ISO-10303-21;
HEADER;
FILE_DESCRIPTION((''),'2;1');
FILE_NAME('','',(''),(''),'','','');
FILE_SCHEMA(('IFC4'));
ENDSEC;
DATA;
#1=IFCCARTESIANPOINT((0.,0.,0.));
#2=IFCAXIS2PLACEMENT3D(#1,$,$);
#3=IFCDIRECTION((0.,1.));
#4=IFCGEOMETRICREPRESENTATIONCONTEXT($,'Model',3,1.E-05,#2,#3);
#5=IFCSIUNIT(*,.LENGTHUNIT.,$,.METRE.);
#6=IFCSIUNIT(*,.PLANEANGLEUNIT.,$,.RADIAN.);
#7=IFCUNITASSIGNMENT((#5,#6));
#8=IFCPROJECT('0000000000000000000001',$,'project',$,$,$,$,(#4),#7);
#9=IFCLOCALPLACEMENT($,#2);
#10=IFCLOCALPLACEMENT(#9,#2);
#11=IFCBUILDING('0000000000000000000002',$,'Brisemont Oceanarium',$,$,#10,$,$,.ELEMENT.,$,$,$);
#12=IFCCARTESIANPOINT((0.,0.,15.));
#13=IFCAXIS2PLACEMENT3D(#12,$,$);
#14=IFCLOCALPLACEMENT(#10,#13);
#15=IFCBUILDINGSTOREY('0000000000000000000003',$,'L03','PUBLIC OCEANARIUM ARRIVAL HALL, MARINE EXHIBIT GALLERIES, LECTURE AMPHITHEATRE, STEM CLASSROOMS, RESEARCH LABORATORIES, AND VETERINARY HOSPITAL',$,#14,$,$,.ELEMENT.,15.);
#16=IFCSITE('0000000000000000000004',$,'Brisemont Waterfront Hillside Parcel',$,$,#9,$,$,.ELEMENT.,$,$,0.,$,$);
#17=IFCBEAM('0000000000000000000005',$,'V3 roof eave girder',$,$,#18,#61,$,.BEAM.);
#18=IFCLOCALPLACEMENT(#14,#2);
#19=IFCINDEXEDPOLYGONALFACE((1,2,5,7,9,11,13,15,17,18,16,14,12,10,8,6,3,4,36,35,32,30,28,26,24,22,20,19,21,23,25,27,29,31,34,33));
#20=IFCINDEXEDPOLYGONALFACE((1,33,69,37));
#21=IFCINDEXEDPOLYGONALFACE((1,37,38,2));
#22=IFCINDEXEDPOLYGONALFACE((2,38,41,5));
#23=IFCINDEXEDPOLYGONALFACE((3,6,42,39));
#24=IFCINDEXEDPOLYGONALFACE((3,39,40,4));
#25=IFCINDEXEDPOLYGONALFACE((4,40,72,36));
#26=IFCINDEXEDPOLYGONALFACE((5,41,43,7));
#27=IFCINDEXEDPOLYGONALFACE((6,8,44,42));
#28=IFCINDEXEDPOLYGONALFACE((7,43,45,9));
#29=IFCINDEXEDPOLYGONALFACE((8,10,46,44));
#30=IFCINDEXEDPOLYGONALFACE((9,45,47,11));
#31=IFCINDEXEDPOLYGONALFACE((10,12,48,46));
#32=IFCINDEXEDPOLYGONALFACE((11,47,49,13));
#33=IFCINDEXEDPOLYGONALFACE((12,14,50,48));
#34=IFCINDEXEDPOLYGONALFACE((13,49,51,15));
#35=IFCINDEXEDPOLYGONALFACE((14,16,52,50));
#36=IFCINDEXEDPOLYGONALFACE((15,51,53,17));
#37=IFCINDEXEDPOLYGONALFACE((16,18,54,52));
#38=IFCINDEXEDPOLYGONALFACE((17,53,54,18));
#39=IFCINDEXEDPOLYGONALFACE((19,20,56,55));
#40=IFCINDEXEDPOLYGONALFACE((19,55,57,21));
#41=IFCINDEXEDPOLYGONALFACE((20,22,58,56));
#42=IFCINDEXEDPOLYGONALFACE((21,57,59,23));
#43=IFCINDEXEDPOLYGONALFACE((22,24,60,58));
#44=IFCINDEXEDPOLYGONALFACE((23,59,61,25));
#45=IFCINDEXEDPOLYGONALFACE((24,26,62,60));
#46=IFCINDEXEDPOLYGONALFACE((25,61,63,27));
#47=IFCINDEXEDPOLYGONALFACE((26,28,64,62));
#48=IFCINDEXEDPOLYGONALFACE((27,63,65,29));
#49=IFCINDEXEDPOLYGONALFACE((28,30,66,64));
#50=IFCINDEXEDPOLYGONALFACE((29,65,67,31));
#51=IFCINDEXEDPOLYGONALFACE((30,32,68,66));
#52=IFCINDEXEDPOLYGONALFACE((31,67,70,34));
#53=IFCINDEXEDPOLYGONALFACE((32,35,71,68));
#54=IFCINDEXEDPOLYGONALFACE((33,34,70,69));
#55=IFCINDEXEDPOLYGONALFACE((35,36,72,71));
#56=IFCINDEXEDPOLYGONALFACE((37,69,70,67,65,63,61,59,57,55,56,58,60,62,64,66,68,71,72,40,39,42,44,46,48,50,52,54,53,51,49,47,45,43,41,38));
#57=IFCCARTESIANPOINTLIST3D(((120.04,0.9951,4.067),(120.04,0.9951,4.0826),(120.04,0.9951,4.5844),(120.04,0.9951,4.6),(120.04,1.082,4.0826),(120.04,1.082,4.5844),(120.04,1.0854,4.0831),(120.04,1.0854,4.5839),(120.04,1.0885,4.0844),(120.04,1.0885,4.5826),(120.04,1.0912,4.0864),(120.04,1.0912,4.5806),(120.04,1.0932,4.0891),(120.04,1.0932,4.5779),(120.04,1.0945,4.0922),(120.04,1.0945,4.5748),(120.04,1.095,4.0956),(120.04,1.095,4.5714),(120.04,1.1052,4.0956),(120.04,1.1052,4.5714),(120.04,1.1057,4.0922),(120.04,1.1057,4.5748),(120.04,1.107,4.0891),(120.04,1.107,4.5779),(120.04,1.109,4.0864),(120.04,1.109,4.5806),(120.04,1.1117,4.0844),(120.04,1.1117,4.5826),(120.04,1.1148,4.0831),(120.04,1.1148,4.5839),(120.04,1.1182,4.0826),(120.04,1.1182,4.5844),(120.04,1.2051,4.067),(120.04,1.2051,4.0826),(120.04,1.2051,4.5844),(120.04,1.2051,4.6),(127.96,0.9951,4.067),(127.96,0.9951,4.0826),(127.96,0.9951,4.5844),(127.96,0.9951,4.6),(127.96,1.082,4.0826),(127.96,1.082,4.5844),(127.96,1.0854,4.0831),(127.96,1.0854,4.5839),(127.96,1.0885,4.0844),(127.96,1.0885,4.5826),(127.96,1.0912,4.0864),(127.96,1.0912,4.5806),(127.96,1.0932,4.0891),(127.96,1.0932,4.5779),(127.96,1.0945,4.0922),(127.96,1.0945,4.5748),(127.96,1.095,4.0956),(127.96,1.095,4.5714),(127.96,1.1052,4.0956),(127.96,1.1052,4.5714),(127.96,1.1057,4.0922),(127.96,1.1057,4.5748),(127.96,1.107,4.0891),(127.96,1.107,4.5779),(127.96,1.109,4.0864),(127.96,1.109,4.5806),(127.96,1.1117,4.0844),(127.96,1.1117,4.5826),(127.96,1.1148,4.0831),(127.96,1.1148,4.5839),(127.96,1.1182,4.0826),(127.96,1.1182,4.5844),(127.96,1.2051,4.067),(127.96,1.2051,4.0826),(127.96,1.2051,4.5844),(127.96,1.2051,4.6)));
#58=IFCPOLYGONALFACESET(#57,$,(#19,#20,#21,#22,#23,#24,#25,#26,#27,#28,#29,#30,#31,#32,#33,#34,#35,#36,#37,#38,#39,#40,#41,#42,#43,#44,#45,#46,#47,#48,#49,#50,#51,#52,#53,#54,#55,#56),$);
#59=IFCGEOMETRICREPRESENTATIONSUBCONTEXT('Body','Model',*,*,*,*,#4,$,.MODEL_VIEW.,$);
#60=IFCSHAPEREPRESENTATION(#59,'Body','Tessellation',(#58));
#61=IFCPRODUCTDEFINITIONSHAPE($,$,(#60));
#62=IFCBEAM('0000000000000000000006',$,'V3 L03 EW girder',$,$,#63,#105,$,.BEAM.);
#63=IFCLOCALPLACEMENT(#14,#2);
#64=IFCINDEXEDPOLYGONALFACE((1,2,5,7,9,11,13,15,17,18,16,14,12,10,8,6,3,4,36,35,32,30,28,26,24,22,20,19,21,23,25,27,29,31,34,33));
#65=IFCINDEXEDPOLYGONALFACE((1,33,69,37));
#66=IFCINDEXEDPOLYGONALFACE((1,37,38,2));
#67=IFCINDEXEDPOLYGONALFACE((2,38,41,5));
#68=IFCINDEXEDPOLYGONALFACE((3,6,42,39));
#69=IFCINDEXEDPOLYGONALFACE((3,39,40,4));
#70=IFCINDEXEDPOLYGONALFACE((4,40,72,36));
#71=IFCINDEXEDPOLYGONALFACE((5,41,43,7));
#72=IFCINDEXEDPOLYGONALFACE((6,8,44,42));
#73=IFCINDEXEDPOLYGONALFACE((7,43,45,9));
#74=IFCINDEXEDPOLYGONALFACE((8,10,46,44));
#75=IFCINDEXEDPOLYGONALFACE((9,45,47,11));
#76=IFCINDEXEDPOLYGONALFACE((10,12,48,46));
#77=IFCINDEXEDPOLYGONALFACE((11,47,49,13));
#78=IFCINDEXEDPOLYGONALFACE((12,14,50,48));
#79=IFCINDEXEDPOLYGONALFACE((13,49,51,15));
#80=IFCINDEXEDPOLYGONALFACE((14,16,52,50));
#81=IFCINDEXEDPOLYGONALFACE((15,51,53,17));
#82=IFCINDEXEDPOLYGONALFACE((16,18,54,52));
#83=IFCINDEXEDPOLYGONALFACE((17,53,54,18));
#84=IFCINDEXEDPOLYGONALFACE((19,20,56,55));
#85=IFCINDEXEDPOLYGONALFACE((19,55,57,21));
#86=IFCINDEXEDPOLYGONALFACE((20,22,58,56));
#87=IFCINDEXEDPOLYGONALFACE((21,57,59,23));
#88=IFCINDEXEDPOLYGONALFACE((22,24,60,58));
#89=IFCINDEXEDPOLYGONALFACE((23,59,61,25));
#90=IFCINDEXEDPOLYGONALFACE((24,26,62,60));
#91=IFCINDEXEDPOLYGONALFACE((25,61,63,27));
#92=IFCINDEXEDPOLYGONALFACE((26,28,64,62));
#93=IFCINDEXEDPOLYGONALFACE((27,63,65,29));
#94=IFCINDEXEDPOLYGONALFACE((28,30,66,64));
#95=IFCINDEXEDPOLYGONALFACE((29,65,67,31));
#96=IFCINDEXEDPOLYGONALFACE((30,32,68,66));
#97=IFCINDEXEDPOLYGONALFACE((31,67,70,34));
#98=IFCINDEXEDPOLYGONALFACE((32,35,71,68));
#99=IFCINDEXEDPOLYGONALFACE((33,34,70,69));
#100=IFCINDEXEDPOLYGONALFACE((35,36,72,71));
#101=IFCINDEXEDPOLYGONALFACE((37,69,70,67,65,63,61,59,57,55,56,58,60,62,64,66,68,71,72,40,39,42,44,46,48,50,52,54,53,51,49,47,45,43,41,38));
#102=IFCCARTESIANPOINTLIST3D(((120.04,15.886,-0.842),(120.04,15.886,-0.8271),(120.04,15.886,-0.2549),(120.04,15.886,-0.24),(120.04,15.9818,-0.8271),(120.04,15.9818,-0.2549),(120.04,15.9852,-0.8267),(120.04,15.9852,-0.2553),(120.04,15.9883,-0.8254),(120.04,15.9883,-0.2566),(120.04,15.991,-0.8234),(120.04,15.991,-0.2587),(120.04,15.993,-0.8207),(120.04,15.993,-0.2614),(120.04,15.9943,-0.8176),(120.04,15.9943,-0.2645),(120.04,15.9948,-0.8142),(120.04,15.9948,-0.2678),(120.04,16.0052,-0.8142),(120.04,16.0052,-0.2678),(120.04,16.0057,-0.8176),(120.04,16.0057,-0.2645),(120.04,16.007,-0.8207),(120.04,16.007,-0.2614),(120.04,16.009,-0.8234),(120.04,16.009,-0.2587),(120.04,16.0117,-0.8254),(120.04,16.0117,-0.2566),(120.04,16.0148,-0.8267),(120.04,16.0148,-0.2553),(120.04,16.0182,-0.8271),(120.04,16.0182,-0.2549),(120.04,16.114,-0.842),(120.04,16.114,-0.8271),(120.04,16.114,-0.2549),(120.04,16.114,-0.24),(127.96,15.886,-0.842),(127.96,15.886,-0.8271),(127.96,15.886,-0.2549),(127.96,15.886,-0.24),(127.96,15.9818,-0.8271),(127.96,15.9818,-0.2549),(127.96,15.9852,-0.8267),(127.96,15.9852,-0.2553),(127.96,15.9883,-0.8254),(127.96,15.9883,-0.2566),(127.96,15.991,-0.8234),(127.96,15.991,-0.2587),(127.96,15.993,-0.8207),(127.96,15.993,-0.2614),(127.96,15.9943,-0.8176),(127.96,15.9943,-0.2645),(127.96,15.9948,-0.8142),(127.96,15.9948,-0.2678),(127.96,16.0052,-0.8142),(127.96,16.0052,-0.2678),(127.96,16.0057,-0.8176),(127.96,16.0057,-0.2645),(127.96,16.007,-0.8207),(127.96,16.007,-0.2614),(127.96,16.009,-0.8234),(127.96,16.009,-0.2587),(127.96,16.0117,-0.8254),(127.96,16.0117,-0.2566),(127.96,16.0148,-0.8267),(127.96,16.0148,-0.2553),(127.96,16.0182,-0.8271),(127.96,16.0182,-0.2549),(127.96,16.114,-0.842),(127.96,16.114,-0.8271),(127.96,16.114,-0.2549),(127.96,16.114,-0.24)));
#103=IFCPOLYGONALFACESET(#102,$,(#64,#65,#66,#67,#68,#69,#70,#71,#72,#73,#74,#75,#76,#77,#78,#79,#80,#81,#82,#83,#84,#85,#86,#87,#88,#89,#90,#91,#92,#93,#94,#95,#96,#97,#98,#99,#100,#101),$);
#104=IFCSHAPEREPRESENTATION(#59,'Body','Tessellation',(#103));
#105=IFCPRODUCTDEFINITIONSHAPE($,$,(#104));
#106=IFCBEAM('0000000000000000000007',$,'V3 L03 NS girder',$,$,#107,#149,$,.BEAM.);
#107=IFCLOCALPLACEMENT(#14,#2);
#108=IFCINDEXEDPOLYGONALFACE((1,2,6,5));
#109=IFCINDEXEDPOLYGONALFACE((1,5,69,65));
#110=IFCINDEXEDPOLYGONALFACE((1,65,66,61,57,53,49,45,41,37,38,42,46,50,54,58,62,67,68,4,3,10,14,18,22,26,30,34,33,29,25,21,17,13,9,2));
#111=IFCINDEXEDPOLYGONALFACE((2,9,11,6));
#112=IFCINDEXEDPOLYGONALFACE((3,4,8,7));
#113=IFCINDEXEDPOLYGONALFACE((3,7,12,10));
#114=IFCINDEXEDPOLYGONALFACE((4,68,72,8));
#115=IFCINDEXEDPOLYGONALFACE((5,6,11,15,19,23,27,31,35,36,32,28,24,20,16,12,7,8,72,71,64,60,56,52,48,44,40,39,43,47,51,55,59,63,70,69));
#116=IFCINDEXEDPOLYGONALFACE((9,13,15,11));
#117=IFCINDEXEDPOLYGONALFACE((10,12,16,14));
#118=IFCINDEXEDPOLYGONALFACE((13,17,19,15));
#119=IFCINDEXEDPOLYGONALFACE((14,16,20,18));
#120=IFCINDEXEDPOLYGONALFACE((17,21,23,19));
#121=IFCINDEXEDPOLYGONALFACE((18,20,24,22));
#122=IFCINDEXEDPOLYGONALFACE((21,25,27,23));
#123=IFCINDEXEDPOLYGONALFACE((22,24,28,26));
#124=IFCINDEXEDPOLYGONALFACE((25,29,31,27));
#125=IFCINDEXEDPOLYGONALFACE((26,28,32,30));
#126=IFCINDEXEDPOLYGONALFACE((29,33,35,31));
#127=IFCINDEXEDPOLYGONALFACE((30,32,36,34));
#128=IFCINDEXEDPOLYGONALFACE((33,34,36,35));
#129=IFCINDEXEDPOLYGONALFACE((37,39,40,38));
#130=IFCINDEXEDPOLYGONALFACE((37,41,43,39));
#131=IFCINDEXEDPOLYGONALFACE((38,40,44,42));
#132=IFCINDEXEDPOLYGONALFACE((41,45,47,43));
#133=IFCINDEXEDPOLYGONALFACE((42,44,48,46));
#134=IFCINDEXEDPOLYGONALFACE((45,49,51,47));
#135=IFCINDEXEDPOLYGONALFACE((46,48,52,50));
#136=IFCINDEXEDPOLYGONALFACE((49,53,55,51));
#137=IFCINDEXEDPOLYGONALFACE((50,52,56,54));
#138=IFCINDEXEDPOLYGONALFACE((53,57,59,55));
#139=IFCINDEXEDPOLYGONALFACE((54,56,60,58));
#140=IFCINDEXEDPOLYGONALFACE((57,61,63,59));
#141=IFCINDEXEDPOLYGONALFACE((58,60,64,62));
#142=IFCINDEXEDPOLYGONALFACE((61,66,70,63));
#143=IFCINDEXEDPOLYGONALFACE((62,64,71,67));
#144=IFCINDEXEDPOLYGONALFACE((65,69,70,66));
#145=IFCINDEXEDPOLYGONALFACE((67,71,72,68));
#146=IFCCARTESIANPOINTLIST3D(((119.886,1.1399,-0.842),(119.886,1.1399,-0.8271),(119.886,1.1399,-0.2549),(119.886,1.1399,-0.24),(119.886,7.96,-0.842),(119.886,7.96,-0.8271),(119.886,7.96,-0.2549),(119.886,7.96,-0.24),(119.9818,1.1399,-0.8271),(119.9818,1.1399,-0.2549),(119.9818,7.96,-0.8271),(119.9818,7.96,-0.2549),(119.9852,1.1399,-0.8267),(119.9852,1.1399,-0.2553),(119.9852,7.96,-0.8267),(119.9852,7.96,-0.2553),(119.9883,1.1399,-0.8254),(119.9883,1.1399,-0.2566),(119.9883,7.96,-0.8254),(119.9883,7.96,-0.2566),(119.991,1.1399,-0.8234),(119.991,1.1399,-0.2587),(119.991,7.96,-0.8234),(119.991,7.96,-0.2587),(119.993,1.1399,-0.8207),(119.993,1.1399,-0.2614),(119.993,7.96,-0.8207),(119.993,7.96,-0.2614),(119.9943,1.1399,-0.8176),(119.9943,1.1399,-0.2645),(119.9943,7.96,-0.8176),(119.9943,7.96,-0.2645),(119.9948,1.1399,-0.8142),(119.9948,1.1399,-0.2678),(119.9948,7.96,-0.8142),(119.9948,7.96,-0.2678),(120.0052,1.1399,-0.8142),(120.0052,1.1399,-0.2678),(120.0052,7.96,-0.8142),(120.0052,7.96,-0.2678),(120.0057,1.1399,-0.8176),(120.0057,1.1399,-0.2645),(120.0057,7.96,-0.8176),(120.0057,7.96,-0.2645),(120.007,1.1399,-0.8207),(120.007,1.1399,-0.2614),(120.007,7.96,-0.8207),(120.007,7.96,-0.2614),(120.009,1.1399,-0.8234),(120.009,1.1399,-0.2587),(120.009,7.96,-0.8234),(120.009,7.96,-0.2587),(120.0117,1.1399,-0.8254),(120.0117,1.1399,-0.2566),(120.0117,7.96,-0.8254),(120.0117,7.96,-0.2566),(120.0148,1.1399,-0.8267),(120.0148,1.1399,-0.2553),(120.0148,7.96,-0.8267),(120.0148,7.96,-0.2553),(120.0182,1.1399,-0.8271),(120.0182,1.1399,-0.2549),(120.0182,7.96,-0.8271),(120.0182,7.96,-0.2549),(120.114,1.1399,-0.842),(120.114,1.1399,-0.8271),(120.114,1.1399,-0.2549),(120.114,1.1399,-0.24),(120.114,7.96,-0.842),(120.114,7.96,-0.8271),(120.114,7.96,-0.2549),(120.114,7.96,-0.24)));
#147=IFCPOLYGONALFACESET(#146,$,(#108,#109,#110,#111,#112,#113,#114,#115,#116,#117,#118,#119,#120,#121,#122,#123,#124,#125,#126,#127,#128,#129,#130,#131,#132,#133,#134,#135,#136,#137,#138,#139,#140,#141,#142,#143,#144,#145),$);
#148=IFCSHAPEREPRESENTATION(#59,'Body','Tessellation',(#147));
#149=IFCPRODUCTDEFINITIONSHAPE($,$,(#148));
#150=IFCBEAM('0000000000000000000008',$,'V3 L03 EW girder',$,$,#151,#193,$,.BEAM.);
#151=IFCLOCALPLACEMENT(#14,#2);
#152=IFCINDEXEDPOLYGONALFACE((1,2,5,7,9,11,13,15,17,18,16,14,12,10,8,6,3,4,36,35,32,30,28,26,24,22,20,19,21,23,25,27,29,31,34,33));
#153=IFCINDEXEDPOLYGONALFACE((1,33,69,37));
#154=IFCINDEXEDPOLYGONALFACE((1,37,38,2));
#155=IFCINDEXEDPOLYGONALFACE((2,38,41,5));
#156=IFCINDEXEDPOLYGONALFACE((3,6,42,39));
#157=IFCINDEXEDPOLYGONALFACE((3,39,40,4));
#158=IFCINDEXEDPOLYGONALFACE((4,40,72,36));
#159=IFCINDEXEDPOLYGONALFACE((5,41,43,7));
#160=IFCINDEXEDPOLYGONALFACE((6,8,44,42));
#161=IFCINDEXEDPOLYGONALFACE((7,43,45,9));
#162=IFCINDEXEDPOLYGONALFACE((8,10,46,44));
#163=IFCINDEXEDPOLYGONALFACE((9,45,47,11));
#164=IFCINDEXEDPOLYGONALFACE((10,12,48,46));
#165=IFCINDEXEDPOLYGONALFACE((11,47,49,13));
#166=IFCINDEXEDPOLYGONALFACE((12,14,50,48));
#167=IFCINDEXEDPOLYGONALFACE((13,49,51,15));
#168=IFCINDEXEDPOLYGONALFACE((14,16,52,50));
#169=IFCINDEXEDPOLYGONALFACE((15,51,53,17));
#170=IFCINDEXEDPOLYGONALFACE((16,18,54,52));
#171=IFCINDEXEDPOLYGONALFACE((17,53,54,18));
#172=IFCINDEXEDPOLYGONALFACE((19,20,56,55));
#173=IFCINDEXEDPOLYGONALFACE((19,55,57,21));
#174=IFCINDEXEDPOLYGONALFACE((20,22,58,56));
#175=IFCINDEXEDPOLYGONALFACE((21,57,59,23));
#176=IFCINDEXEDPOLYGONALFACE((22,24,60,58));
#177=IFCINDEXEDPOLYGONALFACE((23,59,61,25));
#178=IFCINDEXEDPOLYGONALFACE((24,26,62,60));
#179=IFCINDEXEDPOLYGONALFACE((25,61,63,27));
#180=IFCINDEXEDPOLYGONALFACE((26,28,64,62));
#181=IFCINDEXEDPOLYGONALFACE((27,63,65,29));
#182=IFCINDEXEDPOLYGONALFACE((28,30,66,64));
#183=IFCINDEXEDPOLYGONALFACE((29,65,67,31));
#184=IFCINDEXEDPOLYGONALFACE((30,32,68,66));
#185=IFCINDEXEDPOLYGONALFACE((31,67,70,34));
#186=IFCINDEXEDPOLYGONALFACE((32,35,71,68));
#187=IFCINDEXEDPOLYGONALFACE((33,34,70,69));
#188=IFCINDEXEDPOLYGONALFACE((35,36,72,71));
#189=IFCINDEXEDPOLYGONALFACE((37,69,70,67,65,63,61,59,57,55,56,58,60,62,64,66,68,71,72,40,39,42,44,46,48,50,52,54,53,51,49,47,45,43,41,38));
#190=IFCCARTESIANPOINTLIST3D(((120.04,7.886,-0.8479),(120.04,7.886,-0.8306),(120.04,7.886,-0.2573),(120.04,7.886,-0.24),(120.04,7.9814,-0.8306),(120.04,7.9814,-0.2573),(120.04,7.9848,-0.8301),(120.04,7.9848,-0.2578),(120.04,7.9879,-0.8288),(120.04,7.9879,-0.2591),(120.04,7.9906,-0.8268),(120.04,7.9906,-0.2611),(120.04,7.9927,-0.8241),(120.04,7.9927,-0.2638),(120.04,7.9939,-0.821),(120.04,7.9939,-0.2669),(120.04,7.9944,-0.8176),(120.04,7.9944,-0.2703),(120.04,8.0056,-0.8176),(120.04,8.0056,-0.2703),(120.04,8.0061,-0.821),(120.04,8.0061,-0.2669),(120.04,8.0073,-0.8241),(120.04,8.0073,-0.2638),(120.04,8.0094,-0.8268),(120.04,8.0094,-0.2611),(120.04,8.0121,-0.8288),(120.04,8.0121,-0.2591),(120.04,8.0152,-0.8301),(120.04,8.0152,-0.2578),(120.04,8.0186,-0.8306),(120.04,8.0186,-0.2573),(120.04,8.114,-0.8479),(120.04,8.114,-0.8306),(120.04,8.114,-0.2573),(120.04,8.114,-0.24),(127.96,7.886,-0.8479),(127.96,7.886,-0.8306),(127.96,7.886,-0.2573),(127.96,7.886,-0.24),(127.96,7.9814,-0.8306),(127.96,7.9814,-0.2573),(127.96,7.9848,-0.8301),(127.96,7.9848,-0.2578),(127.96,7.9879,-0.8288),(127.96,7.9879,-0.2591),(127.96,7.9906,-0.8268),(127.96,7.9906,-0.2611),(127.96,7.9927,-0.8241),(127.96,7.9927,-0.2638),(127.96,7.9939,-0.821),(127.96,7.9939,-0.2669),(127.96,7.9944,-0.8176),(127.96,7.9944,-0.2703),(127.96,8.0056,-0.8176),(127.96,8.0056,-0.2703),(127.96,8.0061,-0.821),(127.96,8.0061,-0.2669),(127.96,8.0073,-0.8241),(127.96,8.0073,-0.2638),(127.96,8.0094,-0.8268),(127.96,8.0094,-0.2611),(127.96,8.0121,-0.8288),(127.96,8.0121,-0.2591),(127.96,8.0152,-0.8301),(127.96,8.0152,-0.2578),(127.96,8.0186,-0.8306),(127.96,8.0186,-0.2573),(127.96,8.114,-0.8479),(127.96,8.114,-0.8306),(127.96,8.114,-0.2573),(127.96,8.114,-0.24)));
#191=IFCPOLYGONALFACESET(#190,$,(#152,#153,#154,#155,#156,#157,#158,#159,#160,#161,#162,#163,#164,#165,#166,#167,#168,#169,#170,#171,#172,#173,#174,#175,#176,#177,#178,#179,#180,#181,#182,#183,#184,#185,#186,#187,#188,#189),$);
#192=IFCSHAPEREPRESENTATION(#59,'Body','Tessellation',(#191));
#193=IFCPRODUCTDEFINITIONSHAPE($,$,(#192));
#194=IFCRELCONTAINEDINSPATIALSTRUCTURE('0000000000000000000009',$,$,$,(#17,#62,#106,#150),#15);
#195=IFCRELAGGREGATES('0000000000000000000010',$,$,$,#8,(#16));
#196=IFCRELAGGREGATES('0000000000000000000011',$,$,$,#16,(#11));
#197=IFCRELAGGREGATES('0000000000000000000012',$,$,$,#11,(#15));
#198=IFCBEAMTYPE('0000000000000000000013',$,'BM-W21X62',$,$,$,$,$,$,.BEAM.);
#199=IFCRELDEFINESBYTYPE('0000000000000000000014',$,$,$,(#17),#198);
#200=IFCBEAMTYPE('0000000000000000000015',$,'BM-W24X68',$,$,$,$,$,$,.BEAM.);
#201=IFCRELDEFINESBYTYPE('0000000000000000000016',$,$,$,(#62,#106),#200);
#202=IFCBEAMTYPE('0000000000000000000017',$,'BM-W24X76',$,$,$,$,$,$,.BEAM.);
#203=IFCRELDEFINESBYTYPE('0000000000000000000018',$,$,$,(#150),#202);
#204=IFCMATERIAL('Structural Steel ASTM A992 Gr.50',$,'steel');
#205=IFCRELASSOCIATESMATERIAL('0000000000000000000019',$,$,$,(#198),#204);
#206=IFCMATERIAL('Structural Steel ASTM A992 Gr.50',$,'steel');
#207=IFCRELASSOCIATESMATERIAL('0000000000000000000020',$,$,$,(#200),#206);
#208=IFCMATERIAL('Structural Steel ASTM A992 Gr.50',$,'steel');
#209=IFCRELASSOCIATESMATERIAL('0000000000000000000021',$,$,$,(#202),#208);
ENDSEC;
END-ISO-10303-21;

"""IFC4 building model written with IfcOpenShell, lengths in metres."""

from ifc_helpers import new_model, si_unit, direction, frame, origin, origin_2d, place, context, subcontext, project, spatial, i_section, extrude, material, material_profile, profile_set, type_object, element, save


model = new_model("IFC4")

# Units and contexts
model_context = context("Model", 3, precision=1e-05, world=origin(), true_north=direction((0.0, 1.0)))
body_context = subcontext(model_context, "Body", "Model", "MODEL_VIEW")
ifc_project = project(units=[si_unit("LENGTHUNIT", "METRE"), si_unit("PLANEANGLEUNIT", "RADIAN")], contexts=[model_context])

# Site, building, storey
site_placement = place(None, origin())
site = spatial("IfcSite", under=ifc_project, at=site_placement, Name="Brisemont Waterfront Hillside Parcel", CompositionType="ELEMENT", RefElevation=0.0)
building_placement = place(site_placement, origin())
building = spatial("IfcBuilding", under=site, at=building_placement, Name="Brisemont Oceanarium", CompositionType="ELEMENT")
storey_placement = place(building_placement, frame((0.0, 0.0, 15.0)))
storey = spatial("IfcBuildingStorey", under=building, at=storey_placement, Name="L03", Description="PUBLIC OCEANARIUM ARRIVAL HALL, MARINE EXHIBIT GALLERIES, LECTURE AMPHITHEATRE, STEM CLASSROOMS, RESEARCH LABORATORIES, AND VETERINARY HOSPITAL", CompositionType="ELEMENT", Elevation=15.0)

# Beams
ifc_material_1 = material(Name="Structural Steel ASTM A992 Gr.50", Category="steel")
ifc_material_profile_1 = material_profile(ifc_material_1, i_section(OverallWidth=0.21, OverallDepth=0.533, WebThickness=0.0103, FlangeThickness=0.0156, FilletRadius=0.0129, at=origin_2d()), Name="W21X62")
ifc_profile_set_1 = profile_set([ifc_material_profile_1], Name="Structural Steel ASTM A992 Gr.50")
beam_type_1 = type_object("IfcBeamType", Name="BM-W21X62", PredefinedType="BEAM", material=ifc_profile_set_1)
for number, where, z_axis, x_axis, name in (
    (1, (120.04, 1.1001, 4.3335), (1.0, 0.0, 0.0), (0.0, 1.0, 0.0), "V3 roof eave girder"),
):
    element("IfcBeam", number, at=place(storey_placement, frame(where, z_axis=z_axis, x_axis=x_axis)), inside=storey, type_object=beam_type_1, Name=name, PredefinedType="BEAM", context=body_context, shape_type="SweptSolid", body=[
        extrude(i_section(OverallWidth=0.21, OverallDepth=0.533, WebThickness=0.0103, FlangeThickness=0.0156, FilletRadius=0.0129, at=origin_2d()), origin(), (0.0, 0.0, 1.0), 7.9199),
    ])
ifc_material_2 = material(Name="Structural Steel ASTM A992 Gr.50", Category="steel")
ifc_material_profile_2 = material_profile(ifc_material_2, i_section(OverallWidth=0.228, OverallDepth=0.6021, WebThickness=0.0105, FlangeThickness=0.0149, FilletRadius=0.0129, at=origin_2d()), Name="W24X68")
ifc_profile_set_2 = profile_set([ifc_material_profile_2], Name="Structural Steel ASTM A992 Gr.50")
beam_type_2 = type_object("IfcBeamType", Name="BM-W24X68", PredefinedType="BEAM", material=ifc_profile_set_2)
beam_1_placement = place(storey_placement, frame((120.04, 16.0, -0.541), z_axis=(1.0, 0.0, 0.0), x_axis=(0.0, 1.0, 0.0)))
element("IfcBeam", 2, at=beam_1_placement, inside=storey, type_object=beam_type_2, Name="V3 L03 EW girder", PredefinedType="BEAM", context=body_context, shape_type="SweptSolid", body=[
    extrude(i_section(OverallWidth=0.228, OverallDepth=0.6021, WebThickness=0.0105, FlangeThickness=0.0149, FilletRadius=0.0129, at=origin_2d()), origin(), (0.0, 0.0, 1.0), 7.9199),
])
beam_2_placement = place(storey_placement, frame((120.0, 1.1399, -0.541), z_axis=(0.0, 1.0, 0.0), x_axis=(-1.0, 0.0, 0.0)))
element("IfcBeam", 3, at=beam_2_placement, inside=storey, type_object=beam_type_2, Name="V3 L03 NS girder", PredefinedType="BEAM", context=body_context, shape_type="SweptSolid", body=[
    extrude(i_section(OverallWidth=0.228, OverallDepth=0.6021, WebThickness=0.0105, FlangeThickness=0.0149, FilletRadius=0.0129, at=origin_2d()), origin(), (0.0, 0.0, 1.0), 6.8201),
])
ifc_material_3 = material(Name="Structural Steel ASTM A992 Gr.50", Category="steel")
ifc_material_profile_3 = material_profile(ifc_material_3, i_section(OverallWidth=0.228, OverallDepth=0.6079, WebThickness=0.0112, FlangeThickness=0.0173, FilletRadius=0.0129, at=origin_2d()), Name="W24X76")
ifc_profile_set_3 = profile_set([ifc_material_profile_3], Name="Structural Steel ASTM A992 Gr.50")
beam_type_3 = type_object("IfcBeamType", Name="BM-W24X76", PredefinedType="BEAM", material=ifc_profile_set_3)
beam_3_placement = place(storey_placement, frame((120.04, 8.0, -0.5439), z_axis=(1.0, 0.0, 0.0), x_axis=(0.0, 1.0, 0.0)))
element("IfcBeam", 4, at=beam_3_placement, inside=storey, type_object=beam_type_3, Name="V3 L03 EW girder", PredefinedType="BEAM", context=body_context, shape_type="SweptSolid", body=[
    extrude(i_section(OverallWidth=0.228, OverallDepth=0.6079, WebThickness=0.0112, FlangeThickness=0.0173, FilletRadius=0.0129, at=origin_2d()), origin(), (0.0, 0.0, 1.0), 7.9199),
])

save(model, "model.ifc")
